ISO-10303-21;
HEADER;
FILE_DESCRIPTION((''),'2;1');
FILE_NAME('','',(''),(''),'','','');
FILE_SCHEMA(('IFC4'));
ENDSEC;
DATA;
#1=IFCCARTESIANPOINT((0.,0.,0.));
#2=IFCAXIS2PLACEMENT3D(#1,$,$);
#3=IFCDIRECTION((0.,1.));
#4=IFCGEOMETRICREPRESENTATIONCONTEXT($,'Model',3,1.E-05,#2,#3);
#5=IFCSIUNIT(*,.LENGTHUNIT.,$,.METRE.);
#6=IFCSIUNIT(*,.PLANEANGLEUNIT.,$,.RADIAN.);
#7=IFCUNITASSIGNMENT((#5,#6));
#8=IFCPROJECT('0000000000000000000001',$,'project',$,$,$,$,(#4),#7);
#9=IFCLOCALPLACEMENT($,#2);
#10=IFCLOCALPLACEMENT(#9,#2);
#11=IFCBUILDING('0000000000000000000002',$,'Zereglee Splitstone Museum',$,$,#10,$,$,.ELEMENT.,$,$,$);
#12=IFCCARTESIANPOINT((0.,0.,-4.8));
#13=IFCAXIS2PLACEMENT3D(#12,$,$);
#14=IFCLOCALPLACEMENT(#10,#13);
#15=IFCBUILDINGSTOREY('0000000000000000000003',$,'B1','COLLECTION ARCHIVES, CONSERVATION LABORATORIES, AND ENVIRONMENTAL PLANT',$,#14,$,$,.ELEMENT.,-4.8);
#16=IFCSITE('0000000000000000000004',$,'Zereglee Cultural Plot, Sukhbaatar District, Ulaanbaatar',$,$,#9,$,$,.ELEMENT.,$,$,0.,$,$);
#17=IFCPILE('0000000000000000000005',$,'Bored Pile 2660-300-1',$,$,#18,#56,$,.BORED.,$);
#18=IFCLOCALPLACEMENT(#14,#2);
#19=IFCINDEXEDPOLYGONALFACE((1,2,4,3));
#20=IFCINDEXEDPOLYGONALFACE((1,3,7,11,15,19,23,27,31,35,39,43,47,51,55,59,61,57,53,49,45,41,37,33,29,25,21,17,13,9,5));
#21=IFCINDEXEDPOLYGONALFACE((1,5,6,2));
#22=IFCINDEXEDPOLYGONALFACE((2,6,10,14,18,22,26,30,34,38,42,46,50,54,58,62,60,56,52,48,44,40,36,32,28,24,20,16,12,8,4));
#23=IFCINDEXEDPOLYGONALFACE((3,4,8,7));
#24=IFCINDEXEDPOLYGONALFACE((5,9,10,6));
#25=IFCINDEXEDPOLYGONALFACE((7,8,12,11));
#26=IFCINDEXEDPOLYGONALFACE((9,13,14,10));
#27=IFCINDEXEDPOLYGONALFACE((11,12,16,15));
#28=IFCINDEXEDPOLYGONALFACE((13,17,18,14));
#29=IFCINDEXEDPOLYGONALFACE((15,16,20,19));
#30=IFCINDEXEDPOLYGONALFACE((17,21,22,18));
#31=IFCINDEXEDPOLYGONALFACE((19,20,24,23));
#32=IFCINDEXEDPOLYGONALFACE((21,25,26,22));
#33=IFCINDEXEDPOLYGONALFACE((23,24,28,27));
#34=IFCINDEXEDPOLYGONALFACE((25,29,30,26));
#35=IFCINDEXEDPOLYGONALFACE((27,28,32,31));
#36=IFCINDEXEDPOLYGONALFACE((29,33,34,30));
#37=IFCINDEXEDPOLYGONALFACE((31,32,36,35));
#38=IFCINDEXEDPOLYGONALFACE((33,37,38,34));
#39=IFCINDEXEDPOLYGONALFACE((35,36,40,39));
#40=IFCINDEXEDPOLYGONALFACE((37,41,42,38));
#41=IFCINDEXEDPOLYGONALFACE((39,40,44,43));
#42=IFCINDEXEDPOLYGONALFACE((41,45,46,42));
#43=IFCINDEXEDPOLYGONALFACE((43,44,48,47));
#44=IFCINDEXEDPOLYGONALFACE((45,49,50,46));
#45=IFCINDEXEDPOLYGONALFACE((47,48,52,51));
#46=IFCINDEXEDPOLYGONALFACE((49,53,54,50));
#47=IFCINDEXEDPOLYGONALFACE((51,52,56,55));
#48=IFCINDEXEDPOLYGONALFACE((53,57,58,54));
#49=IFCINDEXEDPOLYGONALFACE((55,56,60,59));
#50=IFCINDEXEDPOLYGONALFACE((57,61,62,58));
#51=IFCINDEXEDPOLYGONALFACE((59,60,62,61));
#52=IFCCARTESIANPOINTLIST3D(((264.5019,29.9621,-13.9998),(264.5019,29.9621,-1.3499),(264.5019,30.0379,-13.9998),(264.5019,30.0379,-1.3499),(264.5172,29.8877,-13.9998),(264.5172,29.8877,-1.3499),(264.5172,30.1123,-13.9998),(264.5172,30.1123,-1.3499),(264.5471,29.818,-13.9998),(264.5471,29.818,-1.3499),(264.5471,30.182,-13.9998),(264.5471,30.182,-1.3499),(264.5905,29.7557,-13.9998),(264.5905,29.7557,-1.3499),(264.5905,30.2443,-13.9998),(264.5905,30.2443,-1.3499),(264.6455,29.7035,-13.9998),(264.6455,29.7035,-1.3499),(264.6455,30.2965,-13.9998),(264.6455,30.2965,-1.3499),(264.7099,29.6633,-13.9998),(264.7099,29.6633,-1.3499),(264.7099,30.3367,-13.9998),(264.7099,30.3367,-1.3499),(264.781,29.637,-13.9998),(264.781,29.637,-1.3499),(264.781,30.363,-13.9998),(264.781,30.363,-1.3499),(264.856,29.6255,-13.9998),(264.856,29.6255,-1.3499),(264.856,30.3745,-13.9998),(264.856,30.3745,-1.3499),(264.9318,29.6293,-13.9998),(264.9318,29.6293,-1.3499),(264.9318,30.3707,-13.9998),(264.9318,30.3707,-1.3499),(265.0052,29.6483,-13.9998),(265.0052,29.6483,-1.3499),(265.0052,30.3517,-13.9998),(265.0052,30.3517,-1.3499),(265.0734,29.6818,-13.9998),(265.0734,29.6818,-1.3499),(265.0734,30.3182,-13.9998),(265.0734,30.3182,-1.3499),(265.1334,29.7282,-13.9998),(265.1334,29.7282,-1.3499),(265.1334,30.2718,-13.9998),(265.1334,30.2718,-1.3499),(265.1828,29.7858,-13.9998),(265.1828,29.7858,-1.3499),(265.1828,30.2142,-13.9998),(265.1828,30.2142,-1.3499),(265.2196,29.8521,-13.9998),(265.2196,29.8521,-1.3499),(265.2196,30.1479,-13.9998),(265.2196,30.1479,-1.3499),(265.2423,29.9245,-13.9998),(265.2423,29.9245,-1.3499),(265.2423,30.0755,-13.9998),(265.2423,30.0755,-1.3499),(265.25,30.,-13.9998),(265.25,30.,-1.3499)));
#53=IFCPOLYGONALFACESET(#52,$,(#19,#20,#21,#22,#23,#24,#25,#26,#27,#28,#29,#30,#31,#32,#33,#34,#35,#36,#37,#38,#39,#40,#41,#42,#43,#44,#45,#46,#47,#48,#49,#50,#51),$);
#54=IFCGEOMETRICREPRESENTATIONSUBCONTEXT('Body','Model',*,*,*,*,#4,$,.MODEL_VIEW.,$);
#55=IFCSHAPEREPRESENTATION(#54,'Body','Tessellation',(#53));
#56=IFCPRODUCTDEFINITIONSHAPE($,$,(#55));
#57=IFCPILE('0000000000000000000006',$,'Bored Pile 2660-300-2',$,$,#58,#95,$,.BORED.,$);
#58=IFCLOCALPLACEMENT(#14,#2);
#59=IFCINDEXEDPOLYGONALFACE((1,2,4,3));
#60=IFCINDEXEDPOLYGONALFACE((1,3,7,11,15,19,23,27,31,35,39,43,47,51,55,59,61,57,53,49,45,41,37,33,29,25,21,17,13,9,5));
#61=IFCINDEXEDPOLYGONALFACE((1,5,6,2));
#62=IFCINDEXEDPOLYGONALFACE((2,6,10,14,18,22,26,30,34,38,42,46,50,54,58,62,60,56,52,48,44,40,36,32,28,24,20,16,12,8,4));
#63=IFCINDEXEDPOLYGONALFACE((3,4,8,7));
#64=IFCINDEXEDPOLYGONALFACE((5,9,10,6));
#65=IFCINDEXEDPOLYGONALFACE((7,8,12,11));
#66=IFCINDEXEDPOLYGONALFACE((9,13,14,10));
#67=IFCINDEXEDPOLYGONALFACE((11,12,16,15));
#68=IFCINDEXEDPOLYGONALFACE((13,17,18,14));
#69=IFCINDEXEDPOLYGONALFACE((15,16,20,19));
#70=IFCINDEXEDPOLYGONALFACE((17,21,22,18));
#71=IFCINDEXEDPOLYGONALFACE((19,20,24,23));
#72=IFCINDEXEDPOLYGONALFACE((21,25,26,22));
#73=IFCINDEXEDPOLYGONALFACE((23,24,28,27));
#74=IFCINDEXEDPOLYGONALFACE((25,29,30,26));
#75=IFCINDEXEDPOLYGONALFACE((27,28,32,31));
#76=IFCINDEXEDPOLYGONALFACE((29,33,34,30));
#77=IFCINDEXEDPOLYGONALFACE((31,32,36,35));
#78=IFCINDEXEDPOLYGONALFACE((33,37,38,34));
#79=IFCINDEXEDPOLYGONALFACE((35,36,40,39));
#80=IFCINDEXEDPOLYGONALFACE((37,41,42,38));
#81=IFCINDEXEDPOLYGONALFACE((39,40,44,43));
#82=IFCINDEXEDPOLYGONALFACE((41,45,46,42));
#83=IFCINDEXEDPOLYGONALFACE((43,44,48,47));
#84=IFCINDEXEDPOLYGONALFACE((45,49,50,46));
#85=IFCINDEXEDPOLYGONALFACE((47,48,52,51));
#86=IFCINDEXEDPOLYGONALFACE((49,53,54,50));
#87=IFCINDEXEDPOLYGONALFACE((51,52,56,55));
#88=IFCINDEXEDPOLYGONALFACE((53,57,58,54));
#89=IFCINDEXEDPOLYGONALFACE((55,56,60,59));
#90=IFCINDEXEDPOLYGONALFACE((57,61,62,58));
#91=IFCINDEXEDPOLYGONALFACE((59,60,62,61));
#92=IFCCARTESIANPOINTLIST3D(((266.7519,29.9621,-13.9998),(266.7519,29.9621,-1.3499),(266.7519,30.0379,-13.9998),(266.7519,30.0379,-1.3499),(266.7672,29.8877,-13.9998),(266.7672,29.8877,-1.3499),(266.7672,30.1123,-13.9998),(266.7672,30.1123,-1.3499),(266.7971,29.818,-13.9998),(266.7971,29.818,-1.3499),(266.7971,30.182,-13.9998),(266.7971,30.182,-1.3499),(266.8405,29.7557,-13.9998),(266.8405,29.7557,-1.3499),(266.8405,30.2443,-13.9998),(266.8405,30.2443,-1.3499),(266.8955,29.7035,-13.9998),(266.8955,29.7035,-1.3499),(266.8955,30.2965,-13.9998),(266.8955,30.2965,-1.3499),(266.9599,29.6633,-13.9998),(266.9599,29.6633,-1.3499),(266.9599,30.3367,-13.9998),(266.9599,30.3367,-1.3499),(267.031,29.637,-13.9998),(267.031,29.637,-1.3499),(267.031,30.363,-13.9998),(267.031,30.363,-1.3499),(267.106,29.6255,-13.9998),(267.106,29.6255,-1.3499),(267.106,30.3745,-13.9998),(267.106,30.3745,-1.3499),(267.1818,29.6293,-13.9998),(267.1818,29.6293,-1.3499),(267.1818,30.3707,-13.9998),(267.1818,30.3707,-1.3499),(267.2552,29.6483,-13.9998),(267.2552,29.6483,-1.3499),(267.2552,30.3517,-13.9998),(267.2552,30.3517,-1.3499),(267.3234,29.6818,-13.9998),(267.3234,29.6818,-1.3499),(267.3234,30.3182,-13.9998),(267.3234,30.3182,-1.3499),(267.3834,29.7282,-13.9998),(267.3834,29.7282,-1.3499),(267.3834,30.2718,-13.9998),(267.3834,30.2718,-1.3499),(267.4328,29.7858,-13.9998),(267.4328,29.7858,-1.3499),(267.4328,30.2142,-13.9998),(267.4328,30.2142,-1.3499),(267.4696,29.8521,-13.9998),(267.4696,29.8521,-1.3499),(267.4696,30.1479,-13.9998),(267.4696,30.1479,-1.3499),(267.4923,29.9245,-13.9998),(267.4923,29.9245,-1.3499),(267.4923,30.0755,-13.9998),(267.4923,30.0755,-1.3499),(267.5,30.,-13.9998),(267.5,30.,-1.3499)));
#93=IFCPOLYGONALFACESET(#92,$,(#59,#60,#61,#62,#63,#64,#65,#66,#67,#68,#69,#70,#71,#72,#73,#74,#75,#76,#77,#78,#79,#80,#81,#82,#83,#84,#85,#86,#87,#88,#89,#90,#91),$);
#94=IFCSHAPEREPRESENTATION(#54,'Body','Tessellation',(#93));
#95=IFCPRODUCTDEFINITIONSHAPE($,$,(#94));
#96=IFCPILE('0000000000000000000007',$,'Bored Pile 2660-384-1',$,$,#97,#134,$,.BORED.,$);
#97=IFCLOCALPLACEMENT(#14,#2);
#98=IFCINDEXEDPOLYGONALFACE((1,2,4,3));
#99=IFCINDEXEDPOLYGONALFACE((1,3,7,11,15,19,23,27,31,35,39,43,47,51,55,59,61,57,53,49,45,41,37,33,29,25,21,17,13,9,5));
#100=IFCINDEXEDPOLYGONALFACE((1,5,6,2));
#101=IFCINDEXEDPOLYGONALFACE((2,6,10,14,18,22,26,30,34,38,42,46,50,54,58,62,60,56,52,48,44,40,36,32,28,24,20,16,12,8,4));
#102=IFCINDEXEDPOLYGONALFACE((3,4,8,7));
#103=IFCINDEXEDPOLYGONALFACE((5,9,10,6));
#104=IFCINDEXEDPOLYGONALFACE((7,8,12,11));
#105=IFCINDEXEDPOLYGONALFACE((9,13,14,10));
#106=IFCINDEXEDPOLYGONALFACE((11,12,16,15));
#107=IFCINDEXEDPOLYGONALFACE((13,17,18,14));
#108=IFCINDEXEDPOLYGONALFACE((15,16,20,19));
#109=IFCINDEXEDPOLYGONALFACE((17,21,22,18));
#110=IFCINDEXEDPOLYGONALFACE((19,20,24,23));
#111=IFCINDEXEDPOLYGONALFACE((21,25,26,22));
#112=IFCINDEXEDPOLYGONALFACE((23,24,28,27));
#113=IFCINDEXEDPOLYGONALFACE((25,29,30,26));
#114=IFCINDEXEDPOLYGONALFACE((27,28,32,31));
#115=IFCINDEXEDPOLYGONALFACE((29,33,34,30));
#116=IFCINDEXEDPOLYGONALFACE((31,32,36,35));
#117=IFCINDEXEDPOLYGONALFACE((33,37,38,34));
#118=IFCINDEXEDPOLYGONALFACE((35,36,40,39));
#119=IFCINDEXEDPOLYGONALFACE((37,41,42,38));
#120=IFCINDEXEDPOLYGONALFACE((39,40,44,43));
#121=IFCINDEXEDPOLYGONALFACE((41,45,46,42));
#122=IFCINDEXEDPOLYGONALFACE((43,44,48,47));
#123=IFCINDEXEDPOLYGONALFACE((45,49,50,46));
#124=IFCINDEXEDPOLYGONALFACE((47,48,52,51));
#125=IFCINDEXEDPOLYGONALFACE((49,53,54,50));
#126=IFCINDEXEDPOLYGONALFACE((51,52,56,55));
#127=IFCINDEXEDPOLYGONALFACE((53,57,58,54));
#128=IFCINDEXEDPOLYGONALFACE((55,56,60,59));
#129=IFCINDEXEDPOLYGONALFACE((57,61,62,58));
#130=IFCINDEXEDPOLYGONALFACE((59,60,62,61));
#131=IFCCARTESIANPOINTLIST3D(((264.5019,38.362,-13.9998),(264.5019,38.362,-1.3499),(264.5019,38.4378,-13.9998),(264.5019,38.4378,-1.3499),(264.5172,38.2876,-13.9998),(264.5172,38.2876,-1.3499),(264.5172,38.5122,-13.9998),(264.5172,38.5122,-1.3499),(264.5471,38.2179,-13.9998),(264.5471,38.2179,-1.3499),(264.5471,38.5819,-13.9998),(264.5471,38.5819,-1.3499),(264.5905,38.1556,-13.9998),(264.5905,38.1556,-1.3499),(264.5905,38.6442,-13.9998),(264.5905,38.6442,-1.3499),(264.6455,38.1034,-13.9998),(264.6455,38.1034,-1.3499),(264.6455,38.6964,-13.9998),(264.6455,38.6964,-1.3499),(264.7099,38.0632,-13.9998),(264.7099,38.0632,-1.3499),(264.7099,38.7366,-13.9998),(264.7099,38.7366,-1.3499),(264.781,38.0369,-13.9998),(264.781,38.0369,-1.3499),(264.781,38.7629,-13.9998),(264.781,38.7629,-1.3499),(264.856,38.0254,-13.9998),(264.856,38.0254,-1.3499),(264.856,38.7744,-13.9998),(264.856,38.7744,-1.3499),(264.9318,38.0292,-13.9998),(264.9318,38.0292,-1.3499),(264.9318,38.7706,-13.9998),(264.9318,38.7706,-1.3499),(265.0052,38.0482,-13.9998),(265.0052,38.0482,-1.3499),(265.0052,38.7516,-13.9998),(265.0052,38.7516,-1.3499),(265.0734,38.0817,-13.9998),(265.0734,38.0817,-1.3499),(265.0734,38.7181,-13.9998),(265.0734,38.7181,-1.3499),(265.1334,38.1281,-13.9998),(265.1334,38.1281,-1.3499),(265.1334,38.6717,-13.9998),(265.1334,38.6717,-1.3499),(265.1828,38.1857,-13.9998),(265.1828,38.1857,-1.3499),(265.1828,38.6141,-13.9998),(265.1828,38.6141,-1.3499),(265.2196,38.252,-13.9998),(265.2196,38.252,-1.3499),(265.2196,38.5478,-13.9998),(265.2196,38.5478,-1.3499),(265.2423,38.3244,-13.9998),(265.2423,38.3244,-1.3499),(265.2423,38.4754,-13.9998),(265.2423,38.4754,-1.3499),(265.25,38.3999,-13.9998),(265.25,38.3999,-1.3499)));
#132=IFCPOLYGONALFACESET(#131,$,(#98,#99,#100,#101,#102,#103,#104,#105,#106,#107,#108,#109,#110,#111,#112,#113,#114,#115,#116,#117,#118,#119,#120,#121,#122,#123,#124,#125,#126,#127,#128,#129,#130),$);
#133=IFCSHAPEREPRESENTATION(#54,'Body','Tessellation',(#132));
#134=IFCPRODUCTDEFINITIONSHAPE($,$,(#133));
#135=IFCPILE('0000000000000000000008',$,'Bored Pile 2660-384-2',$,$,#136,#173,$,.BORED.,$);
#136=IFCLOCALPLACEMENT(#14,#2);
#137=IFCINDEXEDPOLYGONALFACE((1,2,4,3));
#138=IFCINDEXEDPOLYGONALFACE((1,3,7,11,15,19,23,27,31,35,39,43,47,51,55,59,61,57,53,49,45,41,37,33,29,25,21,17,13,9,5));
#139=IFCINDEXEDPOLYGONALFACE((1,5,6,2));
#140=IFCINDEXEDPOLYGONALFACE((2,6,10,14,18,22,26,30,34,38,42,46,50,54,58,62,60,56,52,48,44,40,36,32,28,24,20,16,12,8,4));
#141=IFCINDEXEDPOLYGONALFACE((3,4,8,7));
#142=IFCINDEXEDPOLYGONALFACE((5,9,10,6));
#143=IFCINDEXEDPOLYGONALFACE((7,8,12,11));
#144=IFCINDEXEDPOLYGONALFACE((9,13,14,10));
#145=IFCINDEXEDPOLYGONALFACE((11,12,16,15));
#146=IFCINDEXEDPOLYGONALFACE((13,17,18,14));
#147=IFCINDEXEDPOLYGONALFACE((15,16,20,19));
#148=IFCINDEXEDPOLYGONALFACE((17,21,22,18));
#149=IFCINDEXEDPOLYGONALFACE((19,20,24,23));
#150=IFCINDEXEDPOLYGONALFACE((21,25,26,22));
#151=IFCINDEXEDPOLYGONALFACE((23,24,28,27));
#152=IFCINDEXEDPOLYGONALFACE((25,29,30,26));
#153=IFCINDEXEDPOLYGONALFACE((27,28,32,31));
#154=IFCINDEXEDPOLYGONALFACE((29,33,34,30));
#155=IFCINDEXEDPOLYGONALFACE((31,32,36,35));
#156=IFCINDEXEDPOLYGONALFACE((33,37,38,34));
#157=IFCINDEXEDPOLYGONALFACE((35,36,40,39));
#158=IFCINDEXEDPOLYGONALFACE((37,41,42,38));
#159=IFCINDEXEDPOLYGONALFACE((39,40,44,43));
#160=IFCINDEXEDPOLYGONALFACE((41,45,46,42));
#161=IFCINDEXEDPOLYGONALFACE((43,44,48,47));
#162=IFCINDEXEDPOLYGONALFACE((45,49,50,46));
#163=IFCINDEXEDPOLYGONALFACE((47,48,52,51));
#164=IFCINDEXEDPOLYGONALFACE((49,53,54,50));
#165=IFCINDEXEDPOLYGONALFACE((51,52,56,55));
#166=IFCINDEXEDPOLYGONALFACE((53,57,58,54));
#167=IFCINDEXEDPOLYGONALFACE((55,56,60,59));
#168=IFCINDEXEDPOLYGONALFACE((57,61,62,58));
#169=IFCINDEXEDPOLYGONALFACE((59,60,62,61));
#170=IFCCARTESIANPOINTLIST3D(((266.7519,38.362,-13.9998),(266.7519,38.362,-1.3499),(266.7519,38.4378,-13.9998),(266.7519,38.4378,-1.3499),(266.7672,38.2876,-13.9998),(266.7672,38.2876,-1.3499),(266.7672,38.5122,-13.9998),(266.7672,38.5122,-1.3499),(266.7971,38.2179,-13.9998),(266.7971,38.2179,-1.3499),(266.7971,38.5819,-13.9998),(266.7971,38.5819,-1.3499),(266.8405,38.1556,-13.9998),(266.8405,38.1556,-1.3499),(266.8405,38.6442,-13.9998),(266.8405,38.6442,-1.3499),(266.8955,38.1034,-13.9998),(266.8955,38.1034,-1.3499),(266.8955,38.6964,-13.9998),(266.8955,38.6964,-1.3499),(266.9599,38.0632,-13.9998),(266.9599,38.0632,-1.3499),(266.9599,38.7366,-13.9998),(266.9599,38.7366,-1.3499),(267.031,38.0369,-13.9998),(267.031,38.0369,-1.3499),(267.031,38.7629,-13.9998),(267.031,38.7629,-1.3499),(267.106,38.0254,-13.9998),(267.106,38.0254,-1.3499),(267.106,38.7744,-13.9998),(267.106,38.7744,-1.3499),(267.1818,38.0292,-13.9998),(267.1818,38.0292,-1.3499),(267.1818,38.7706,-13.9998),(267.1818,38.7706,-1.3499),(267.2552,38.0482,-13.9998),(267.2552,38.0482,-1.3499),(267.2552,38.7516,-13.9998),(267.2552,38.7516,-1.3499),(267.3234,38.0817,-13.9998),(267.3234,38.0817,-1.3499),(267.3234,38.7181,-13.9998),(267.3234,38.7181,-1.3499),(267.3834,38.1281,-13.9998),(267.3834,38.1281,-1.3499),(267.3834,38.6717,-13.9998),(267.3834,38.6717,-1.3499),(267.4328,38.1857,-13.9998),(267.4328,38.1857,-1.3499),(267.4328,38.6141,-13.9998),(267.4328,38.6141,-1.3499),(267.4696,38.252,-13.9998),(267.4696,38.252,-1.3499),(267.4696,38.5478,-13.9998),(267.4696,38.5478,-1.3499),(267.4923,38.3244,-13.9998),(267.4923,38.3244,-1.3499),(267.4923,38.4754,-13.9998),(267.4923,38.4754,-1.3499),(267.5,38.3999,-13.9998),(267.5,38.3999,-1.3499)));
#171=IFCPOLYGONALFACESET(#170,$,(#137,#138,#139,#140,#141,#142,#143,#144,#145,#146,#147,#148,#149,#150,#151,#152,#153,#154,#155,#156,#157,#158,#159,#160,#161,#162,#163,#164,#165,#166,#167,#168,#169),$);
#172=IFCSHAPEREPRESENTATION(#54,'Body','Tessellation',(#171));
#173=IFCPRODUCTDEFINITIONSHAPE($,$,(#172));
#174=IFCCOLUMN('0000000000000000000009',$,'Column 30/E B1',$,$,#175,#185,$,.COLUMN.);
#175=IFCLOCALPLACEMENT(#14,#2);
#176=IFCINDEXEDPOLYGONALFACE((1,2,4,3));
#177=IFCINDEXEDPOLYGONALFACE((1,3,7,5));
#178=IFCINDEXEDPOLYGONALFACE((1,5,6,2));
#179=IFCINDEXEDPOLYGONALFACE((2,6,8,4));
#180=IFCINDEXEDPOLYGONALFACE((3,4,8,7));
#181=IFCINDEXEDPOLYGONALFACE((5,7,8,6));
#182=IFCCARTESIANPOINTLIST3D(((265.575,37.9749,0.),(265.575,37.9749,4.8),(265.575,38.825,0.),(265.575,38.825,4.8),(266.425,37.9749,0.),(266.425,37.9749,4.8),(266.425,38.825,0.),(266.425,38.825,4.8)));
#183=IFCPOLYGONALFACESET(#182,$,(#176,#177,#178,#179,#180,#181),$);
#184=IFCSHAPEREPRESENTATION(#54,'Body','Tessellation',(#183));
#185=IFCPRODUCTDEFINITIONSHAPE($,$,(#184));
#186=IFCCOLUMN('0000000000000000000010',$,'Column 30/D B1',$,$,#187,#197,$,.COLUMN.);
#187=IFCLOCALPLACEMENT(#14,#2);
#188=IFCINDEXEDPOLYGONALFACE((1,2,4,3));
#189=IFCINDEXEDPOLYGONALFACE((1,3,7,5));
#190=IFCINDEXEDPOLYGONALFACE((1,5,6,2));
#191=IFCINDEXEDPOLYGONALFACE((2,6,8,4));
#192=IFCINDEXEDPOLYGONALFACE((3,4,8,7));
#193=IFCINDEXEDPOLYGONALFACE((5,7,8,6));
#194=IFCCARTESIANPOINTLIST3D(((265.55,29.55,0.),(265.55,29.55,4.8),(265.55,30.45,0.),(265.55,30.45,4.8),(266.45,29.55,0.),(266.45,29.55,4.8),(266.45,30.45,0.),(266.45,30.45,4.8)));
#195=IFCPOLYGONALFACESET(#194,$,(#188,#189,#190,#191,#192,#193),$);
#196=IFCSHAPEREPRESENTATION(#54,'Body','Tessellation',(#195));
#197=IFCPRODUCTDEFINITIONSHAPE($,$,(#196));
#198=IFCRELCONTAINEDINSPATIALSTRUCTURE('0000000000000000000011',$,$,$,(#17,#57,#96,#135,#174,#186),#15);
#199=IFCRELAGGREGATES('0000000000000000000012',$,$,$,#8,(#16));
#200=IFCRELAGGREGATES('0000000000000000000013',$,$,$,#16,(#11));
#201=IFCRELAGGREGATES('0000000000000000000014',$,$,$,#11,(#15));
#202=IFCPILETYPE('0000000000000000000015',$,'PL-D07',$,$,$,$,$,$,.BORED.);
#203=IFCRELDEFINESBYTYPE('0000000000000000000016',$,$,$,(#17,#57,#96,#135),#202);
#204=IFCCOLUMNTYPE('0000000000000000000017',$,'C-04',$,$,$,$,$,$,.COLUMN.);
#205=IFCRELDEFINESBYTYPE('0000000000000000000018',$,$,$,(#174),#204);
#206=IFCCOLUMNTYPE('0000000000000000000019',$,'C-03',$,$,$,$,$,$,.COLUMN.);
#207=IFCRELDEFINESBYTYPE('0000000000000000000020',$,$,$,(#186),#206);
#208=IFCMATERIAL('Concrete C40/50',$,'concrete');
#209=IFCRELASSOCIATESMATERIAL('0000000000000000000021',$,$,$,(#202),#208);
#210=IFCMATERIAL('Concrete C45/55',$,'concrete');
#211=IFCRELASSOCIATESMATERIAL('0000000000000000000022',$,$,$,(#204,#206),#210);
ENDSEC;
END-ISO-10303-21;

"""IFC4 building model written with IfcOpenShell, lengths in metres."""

from ifc_helpers import new_model, si_unit, direction, frame, origin, origin_2d, place, context, subcontext, project, spatial, rectangle, circle, extrude, material, material_profile, profile_set, type_object, element, save


model = new_model("IFC4")

# Units and contexts
model_context = context("Model", 3, precision=1e-05, world=origin(), true_north=direction((0.0, 1.0)))
body_context = subcontext(model_context, "Body", "Model", "MODEL_VIEW")
ifc_project = project(units=[si_unit("LENGTHUNIT", "METRE"), si_unit("PLANEANGLEUNIT", "RADIAN")], contexts=[model_context])

# Site, building, storey
site_placement = place(None, origin())
site = spatial("IfcSite", under=ifc_project, at=site_placement, Name="Zereglee Cultural Plot, Sukhbaatar District, Ulaanbaatar", CompositionType="ELEMENT", RefElevation=0.0)
building_placement = place(site_placement, origin())
building = spatial("IfcBuilding", under=site, at=building_placement, Name="Zereglee Splitstone Museum", CompositionType="ELEMENT")
storey_placement = place(building_placement, frame((0.0, 0.0, -4.8)))
storey = spatial("IfcBuildingStorey", under=building, at=storey_placement, Name="B1", Description="COLLECTION ARCHIVES, CONSERVATION LABORATORIES, AND ENVIRONMENTAL PLANT", CompositionType="ELEMENT", Elevation=-4.8)

# Shared definitions
ifc_material_1 = material(Name="Concrete C40/50", Category="concrete")

# Piles
ifc_material_profile_1 = material_profile(ifc_material_1, circle(Radius=0.375, at=origin_2d()), Name="PILE D750")
ifc_profile_set_1 = profile_set([ifc_material_profile_1], Name="Concrete C40/50")
pile_type = type_object("IfcPileType", Name="PL-D07", PredefinedType="BORED", material=ifc_profile_set_1)
for number, where, z_axis, x_axis, name in (
    (1, (264.875, 30.0, -1.3499), (0.0, 0.0, -1.0), (1.0, 0.0, 0.0), "Bored Pile 2660-300-1"),
    (2, (267.125, 30.0, -1.3499), (0.0, 0.0, -1.0), (1.0, 0.0, 0.0), "Bored Pile 2660-300-2"),
    (3, (264.875, 38.3999, -1.3499), (0.0, 0.0, -1.0), (1.0, 0.0, 0.0), "Bored Pile 2660-384-1"),
    (4, (267.125, 38.3999, -1.3499), (0.0, 0.0, -1.0), (1.0, 0.0, 0.0), "Bored Pile 2660-384-2"),
):
    element("IfcPile", number, at=place(storey_placement, frame(where, z_axis=z_axis, x_axis=x_axis)), inside=storey, type_object=pile_type, Name=name, PredefinedType="BORED", context=body_context, shape_type="SweptSolid", body=[
        extrude(circle(Radius=0.375, at=origin_2d()), origin(), (0.0, 0.0, 1.0), 12.6499),
    ])

# Columns
ifc_material_2 = material(Name="Concrete C45/55", Category="concrete")
ifc_material_profile_2 = material_profile(ifc_material_2, rectangle(XDim=0.8501, YDim=0.8501, at=origin_2d()), Name="RC 850x850")
ifc_profile_set_2 = profile_set([ifc_material_profile_2], Name="Concrete C45/55")
column_type_1 = type_object("IfcColumnType", Name="C-04", PredefinedType="COLUMN", material=ifc_profile_set_2)
column_1_placement = place(storey_placement, frame((266.0, 38.3999, 0.0), z_axis=(0.0, 0.0, 1.0), x_axis=(1.0, 0.0, 0.0)))
element("IfcColumn", 5, at=column_1_placement, inside=storey, type_object=column_type_1, Name="Column 30/E B1", PredefinedType="COLUMN", context=body_context, shape_type="SweptSolid", body=[
    extrude(rectangle(XDim=0.8501, YDim=0.8501, at=origin_2d()), origin(), (0.0, 0.0, 1.0), 4.8),
])
ifc_material_profile_3 = material_profile(ifc_material_2, rectangle(XDim=0.8999, YDim=0.8999, at=origin_2d()), Name="RC 900x900")
ifc_profile_set_3 = profile_set([ifc_material_profile_3], Name="Concrete C45/55")
column_type_2 = type_object("IfcColumnType", Name="C-03", PredefinedType="COLUMN", material=ifc_profile_set_3)
column_2_placement = place(storey_placement, frame((266.0, 30.0, 0.0), z_axis=(0.0, 0.0, 1.0), x_axis=(1.0, 0.0, 0.0)))
element("IfcColumn", 6, at=column_2_placement, inside=storey, type_object=column_type_2, Name="Column 30/D B1", PredefinedType="COLUMN", context=body_context, shape_type="SweptSolid", body=[
    extrude(rectangle(XDim=0.8999, YDim=0.8999, at=origin_2d()), origin(), (0.0, 0.0, 1.0), 4.8),
])

save(model, "model.ifc")
